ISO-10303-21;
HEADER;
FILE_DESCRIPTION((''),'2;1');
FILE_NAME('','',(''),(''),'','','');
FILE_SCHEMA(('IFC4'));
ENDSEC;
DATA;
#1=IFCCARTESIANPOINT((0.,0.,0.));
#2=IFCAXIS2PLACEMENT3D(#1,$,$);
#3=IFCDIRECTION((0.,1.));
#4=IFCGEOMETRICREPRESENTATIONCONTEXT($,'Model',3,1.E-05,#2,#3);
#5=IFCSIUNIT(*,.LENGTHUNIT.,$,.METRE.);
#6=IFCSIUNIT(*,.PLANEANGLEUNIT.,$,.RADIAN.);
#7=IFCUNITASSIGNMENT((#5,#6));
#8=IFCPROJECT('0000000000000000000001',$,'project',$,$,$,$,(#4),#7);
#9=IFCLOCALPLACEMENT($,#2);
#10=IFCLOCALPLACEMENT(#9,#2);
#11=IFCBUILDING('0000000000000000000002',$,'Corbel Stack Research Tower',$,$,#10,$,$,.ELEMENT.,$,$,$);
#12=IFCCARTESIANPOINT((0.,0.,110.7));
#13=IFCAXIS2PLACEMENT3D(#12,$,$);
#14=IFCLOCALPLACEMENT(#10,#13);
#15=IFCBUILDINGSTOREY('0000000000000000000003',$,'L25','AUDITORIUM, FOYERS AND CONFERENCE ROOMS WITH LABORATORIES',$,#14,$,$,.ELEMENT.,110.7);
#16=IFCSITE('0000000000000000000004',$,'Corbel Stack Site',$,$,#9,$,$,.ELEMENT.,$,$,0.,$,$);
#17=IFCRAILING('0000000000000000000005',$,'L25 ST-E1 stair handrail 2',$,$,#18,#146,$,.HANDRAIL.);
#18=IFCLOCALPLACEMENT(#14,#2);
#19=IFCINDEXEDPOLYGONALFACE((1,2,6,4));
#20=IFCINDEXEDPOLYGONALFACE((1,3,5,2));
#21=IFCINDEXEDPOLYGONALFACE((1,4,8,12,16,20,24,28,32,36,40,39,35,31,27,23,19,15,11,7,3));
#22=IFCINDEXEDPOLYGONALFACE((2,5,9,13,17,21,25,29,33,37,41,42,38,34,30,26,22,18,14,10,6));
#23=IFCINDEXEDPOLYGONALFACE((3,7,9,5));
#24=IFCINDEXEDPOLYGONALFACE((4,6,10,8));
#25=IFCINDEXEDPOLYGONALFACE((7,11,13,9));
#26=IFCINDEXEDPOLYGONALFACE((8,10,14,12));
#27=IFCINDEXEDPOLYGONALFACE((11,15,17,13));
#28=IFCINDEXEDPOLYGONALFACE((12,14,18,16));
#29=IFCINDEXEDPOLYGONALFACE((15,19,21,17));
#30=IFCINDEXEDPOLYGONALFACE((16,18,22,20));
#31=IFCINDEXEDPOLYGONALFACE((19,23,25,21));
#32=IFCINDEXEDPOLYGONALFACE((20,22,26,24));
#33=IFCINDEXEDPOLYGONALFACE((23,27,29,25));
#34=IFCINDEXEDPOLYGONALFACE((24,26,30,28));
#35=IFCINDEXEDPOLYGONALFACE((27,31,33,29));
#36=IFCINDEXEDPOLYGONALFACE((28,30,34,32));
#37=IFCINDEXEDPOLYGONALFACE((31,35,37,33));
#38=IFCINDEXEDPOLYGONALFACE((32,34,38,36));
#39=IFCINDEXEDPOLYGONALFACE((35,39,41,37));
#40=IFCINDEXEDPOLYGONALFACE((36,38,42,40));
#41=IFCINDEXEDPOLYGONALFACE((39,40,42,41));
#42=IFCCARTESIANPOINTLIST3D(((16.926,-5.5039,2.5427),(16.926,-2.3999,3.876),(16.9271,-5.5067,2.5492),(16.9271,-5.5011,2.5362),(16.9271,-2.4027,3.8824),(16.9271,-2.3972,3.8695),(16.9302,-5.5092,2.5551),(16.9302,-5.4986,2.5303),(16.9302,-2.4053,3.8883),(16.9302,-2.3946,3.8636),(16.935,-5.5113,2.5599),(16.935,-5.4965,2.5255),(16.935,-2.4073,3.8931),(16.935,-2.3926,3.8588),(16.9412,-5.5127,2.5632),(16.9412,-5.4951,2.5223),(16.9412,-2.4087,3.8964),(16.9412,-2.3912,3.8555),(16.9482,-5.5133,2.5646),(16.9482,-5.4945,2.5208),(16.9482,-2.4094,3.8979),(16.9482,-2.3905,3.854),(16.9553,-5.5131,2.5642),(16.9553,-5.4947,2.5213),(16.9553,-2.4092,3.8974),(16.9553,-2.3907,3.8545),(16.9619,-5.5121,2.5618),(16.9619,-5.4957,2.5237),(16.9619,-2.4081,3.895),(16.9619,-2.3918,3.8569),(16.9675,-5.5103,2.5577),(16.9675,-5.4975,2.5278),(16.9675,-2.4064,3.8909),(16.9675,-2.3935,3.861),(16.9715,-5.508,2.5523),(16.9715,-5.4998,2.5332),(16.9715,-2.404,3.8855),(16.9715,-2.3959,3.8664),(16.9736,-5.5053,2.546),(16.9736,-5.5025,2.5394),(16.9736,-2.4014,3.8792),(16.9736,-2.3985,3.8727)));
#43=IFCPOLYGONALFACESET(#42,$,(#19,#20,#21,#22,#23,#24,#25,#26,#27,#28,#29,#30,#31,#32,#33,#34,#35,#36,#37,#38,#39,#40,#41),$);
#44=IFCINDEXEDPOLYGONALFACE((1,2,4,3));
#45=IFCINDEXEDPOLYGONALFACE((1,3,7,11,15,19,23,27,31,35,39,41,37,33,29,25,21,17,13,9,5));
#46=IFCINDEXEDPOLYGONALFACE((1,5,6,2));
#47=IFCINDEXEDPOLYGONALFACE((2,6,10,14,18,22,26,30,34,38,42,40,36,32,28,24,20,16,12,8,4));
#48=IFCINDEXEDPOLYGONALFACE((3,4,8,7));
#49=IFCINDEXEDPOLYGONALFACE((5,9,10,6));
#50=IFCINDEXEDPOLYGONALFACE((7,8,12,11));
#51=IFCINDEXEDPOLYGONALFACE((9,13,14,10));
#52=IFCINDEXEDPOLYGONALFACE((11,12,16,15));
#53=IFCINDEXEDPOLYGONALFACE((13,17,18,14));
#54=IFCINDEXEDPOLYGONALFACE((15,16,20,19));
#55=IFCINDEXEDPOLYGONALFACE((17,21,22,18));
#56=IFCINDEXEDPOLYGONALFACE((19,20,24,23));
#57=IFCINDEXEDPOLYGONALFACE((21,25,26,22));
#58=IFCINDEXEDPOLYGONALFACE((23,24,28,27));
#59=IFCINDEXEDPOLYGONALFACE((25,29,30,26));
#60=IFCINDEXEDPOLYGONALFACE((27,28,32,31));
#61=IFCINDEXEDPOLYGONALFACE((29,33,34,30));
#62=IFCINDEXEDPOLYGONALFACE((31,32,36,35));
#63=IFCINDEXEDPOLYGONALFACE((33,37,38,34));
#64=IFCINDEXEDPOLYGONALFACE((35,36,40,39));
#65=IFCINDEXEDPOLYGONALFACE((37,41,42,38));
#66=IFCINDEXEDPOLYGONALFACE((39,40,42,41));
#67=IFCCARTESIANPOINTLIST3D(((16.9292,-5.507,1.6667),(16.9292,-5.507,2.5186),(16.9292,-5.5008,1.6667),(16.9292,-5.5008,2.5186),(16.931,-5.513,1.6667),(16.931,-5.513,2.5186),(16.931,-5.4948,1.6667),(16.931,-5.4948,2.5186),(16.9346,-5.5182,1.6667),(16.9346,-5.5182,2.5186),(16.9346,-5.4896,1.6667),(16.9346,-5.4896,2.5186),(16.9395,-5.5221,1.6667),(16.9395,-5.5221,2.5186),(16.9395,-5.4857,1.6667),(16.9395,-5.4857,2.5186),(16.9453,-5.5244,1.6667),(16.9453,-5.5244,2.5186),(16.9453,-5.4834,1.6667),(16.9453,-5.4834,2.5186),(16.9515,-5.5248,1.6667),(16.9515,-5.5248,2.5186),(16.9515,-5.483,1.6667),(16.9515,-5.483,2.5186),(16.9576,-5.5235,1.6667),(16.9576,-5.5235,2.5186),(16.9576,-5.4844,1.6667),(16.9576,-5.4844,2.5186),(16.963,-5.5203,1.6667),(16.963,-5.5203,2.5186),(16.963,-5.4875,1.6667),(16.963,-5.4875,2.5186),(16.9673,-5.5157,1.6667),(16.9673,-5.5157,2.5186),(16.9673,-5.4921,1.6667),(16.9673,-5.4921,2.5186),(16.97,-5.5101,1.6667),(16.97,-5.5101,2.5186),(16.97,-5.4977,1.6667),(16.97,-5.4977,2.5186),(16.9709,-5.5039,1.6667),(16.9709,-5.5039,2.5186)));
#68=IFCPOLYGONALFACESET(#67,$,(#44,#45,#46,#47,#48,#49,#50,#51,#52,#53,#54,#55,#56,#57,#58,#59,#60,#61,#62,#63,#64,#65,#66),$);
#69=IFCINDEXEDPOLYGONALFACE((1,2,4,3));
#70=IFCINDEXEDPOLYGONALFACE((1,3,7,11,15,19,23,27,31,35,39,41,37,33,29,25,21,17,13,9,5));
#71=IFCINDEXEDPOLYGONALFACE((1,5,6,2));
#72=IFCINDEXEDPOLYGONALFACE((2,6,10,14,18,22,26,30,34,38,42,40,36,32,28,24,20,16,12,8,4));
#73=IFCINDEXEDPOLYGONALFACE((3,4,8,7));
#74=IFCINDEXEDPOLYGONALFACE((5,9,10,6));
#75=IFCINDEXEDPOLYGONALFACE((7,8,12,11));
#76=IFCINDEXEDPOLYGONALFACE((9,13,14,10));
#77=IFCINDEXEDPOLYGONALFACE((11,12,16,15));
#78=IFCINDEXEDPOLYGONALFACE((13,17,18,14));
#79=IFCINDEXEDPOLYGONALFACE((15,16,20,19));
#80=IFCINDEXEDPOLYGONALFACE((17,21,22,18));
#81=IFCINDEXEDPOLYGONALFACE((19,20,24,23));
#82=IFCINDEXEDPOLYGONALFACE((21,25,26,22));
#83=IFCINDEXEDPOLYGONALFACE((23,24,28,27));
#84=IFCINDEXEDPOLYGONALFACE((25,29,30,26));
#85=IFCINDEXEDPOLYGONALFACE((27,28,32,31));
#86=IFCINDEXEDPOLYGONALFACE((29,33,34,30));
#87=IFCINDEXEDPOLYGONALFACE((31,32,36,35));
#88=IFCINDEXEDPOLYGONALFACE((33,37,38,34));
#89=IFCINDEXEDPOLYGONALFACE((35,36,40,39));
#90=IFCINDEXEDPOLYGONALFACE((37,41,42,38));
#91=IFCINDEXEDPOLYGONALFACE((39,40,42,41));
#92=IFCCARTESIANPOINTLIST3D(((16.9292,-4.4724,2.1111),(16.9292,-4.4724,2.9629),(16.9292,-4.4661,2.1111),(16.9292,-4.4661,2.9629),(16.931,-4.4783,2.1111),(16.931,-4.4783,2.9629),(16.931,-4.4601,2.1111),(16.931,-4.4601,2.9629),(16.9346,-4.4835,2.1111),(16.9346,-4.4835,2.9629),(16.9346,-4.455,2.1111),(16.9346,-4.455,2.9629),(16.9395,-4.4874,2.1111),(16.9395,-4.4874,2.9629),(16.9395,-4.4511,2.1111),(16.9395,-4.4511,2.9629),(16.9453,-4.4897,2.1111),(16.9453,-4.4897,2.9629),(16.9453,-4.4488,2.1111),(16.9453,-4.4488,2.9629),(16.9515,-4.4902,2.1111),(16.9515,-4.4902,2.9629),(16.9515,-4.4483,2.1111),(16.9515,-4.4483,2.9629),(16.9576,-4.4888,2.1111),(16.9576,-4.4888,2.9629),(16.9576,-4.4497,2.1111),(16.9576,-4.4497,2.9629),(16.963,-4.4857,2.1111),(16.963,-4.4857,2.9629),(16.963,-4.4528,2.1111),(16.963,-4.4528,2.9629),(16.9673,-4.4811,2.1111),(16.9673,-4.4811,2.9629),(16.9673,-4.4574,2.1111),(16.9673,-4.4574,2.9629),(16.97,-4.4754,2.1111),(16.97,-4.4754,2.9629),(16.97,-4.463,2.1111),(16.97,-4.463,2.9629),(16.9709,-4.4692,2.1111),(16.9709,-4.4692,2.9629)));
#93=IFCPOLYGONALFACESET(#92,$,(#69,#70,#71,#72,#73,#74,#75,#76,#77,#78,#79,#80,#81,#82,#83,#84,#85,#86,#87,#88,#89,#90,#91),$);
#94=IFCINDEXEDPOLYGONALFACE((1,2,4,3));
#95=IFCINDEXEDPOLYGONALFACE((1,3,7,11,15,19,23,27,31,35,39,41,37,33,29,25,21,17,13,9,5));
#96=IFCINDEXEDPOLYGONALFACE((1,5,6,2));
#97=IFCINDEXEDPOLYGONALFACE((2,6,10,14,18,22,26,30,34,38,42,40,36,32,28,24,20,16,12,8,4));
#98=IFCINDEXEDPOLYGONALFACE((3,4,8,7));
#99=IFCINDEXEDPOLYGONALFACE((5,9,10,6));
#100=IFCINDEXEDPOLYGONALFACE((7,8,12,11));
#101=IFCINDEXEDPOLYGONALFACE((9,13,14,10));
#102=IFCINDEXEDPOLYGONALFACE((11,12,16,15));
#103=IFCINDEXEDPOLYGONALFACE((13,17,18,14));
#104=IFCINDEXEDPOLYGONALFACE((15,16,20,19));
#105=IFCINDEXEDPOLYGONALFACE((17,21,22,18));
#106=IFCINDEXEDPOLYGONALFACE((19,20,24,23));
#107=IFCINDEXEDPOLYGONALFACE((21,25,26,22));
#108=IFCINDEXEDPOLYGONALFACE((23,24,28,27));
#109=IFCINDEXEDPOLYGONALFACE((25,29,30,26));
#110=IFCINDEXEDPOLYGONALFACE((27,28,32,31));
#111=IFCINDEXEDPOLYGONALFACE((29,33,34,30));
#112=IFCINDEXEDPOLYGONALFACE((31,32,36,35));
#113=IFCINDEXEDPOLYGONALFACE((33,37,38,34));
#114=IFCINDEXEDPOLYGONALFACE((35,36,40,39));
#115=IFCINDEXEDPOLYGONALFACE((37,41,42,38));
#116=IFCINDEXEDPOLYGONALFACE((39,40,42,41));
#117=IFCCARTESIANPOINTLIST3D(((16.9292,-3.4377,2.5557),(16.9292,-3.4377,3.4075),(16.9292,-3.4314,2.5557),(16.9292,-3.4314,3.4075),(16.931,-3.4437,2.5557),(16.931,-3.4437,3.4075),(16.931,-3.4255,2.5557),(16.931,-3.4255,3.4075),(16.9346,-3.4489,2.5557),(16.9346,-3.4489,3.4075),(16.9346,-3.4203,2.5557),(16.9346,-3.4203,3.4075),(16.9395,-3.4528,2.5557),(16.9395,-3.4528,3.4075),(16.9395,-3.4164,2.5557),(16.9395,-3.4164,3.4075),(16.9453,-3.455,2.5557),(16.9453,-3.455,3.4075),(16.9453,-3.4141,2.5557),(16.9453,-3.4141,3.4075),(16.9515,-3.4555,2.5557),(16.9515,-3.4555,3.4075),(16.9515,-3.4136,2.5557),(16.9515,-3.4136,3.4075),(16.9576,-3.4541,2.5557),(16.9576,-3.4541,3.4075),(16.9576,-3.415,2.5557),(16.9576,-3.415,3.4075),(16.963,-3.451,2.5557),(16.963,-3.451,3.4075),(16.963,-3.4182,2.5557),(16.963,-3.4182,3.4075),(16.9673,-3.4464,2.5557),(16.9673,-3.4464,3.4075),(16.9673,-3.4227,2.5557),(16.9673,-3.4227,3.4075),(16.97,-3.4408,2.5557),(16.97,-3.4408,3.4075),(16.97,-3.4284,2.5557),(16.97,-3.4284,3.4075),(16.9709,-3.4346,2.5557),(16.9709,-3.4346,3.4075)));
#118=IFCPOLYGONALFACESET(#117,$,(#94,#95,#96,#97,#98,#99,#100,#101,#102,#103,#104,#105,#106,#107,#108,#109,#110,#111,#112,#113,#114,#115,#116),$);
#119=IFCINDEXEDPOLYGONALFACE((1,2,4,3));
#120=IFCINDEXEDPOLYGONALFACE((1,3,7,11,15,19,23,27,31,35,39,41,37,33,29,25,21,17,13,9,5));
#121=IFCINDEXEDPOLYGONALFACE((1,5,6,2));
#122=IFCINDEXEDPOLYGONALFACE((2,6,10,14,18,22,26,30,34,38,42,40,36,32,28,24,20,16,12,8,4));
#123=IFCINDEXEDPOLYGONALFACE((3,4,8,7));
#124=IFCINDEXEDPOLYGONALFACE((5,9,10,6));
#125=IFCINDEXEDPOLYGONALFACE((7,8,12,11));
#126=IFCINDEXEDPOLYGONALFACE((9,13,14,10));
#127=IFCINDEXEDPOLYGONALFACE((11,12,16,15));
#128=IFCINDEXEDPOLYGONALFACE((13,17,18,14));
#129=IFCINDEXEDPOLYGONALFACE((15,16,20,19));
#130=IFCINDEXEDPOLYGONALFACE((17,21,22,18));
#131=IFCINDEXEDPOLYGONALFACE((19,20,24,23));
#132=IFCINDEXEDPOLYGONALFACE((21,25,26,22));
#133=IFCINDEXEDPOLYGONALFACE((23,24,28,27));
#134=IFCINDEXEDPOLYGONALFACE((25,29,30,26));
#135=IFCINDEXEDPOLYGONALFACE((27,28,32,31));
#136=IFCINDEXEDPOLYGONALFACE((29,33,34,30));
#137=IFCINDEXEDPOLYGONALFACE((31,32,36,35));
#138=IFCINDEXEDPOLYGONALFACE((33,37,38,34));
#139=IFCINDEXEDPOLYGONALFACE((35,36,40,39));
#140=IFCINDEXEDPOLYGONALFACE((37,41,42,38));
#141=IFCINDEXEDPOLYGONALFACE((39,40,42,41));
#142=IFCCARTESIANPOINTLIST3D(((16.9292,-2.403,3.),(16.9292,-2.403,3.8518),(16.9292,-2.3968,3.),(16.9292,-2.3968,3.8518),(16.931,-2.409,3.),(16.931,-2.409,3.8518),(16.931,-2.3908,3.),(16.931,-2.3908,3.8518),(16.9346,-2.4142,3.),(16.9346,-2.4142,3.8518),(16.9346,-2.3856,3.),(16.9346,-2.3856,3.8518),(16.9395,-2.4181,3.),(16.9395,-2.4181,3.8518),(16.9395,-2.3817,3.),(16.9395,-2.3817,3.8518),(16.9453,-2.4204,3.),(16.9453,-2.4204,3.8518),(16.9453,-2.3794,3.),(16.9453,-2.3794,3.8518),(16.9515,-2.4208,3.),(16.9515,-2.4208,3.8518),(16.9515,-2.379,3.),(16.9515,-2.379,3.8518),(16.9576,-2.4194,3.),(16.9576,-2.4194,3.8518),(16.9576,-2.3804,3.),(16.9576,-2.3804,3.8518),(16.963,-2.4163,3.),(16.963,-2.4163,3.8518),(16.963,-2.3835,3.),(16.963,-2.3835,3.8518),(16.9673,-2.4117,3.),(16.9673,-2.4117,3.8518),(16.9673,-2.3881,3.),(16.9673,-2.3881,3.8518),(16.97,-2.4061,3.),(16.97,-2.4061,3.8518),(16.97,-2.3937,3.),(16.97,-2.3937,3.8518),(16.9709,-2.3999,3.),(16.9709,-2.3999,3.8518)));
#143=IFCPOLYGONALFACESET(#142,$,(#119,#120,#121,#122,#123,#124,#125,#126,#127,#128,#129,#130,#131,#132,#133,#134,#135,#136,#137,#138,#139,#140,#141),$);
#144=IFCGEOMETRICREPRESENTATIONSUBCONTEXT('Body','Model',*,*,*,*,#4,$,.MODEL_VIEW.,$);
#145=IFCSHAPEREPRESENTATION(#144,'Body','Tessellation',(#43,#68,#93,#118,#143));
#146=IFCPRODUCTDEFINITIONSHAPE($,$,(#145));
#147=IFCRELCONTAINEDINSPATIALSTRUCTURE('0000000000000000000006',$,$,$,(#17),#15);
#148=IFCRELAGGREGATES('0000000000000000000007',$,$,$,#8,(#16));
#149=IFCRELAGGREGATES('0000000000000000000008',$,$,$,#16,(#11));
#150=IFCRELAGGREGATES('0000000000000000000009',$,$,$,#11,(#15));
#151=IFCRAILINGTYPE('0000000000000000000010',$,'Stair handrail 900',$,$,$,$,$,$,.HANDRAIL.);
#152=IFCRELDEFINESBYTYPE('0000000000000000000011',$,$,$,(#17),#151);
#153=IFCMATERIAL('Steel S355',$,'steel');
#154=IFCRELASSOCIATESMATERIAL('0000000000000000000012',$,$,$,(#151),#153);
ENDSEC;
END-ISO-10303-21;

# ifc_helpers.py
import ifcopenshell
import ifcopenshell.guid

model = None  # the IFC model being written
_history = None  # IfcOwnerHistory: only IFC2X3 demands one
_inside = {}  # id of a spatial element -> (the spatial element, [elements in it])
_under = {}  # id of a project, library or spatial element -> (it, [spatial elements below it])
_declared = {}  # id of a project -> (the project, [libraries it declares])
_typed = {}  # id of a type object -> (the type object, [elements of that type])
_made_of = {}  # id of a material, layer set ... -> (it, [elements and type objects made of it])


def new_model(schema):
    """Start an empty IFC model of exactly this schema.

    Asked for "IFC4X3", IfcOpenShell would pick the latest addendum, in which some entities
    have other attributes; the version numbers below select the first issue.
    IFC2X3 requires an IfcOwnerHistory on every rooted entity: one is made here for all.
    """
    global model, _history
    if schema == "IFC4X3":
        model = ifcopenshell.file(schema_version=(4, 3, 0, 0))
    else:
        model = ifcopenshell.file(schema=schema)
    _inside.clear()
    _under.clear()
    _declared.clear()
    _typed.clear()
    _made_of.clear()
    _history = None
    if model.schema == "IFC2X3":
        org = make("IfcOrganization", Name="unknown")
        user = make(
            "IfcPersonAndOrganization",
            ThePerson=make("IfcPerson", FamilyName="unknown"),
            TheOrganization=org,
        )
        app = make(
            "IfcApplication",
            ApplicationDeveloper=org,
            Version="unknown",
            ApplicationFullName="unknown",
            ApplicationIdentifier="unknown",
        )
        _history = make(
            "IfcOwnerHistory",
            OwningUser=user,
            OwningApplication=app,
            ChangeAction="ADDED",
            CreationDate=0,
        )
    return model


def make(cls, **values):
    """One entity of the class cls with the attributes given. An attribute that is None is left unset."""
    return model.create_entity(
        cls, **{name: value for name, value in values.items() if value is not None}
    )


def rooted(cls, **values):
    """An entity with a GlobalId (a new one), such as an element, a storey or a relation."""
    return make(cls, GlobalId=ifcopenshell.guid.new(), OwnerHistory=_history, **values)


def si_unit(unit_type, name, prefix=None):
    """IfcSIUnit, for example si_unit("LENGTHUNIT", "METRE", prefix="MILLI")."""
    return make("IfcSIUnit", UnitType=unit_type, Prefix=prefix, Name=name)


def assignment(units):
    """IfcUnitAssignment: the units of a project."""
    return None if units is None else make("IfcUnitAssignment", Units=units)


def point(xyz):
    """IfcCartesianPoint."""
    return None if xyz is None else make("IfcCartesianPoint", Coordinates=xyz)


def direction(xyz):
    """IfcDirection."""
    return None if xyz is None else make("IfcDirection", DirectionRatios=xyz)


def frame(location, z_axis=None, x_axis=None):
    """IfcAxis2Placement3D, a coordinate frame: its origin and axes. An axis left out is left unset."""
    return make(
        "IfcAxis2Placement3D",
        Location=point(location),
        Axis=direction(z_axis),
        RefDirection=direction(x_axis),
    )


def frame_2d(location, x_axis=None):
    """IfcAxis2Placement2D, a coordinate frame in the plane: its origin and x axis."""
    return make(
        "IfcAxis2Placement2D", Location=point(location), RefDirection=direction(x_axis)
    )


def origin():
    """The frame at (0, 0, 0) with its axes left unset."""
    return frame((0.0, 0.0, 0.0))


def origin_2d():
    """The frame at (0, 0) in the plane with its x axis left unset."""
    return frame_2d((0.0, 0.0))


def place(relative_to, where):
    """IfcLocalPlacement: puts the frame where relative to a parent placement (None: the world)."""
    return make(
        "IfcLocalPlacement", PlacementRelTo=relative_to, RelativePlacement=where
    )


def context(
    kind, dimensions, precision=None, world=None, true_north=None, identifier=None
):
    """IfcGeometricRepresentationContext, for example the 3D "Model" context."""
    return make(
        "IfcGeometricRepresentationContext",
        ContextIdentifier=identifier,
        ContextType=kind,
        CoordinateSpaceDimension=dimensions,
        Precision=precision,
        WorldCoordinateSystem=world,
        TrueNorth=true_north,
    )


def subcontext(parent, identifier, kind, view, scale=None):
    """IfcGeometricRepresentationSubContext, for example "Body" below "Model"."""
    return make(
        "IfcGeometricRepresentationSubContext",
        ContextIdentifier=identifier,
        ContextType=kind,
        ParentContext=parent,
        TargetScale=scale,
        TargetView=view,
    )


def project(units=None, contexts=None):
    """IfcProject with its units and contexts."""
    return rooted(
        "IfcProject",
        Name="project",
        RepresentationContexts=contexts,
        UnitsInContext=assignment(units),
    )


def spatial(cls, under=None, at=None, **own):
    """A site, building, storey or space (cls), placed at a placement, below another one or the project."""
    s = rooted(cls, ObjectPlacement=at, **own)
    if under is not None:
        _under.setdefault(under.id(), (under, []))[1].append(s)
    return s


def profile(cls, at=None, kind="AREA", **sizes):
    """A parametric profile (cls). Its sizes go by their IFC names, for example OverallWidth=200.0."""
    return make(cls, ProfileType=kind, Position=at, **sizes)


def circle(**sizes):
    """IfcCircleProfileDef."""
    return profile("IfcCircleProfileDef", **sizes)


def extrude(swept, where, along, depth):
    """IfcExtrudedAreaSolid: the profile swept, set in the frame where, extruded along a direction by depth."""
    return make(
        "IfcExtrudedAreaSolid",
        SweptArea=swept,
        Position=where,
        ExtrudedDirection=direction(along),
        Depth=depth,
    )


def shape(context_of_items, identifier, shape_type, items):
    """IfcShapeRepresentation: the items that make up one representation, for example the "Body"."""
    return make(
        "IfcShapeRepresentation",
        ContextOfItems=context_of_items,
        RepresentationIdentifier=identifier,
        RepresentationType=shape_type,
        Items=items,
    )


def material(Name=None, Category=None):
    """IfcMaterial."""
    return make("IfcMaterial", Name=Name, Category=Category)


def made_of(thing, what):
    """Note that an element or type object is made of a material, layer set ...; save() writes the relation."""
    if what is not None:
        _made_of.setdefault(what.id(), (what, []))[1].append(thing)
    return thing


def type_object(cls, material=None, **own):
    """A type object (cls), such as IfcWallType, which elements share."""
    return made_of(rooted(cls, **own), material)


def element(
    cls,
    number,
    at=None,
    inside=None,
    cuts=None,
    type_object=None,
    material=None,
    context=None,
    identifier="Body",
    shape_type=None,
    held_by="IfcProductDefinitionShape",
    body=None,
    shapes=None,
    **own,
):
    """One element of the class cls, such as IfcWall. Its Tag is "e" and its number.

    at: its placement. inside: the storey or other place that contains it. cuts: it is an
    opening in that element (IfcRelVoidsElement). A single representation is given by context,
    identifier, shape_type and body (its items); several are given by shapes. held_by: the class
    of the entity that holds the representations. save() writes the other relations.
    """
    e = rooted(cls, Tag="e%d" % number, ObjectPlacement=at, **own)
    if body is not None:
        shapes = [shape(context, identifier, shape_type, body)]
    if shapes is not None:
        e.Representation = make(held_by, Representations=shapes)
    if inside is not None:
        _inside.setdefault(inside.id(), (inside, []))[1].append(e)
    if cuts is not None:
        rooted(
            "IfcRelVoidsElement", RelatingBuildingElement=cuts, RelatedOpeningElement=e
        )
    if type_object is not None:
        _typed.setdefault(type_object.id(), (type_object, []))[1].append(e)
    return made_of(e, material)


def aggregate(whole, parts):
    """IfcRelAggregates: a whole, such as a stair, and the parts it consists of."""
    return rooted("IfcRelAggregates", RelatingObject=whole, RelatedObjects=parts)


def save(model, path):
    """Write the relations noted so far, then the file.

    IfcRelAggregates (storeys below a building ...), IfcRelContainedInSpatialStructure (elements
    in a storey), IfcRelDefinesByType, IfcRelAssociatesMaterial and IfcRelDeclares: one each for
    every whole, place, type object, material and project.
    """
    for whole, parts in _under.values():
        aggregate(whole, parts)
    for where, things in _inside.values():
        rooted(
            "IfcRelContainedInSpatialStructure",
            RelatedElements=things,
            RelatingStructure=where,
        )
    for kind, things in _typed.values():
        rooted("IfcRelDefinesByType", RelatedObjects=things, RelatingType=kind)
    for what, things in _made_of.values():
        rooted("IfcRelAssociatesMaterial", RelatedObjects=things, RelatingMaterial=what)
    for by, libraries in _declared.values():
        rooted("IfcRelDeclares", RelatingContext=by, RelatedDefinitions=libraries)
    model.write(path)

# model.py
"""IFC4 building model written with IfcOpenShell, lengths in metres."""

from ifc_helpers import new_model, si_unit, direction, frame, origin, origin_2d, place, context, subcontext, project, spatial, circle, extrude, material, type_object, element, save


model = new_model("IFC4")

# Units and contexts
model_context = context("Model", 3, precision=1e-05, world=origin(), true_north=direction((0.0, 1.0)))
body_context = subcontext(model_context, "Body", "Model", "MODEL_VIEW")
ifc_project = project(units=[si_unit("LENGTHUNIT", "METRE"), si_unit("PLANEANGLEUNIT", "RADIAN")], contexts=[model_context])

# Site, building, storey
site_placement = place(None, origin())
site = spatial("IfcSite", under=ifc_project, at=site_placement, Name="Corbel Stack Site", CompositionType="ELEMENT", RefElevation=0.0)
building_placement = place(site_placement, origin())
building = spatial("IfcBuilding", under=site, at=building_placement, Name="Corbel Stack Research Tower", CompositionType="ELEMENT")
storey_placement = place(building_placement, frame((0.0, 0.0, 110.7)))
storey = spatial("IfcBuildingStorey", under=building, at=storey_placement, Name="L25", Description="AUDITORIUM, FOYERS AND CONFERENCE ROOMS WITH LABORATORIES", CompositionType="ELEMENT", Elevation=110.7)

# Railing
ifc_material_1 = material(Name="Steel S355", Category="steel")
railing_type_1 = type_object("IfcRailingType", Name="Stair handrail 900", PredefinedType="HANDRAIL", material=ifc_material_1)
for number, where, name in (
    (1, (16.95, -5.5039, 1.6667), "L25 ST-E1 stair handrail 2"),
):
    element("IfcRailing", number, at=place(storey_placement, frame(where)), inside=storey, type_object=railing_type_1, Name=name, PredefinedType="HANDRAIL", context=body_context, shape_type="SweptSolid", body=[
        extrude(circle(Radius=0.0239, at=origin_2d()), frame((0.0, 0.0, 0.876), z_axis=(0.0, 0.918827, 0.394661), x_axis=(-1.0, 0.0, 0.0)), (0.0, 0.0, 1.0), 3.3782),
        extrude(circle(Radius=0.021, at=origin_2d()), origin(), (0.0, 0.0, 1.0), 0.8518),
        extrude(circle(Radius=0.021, at=origin_2d()), frame((0.0, 1.0347, 0.4443)), (0.0, 0.0, 1.0), 0.8518),
        extrude(circle(Radius=0.021, at=origin_2d()), frame((0.0, 2.0693, 0.8889)), (0.0, 0.0, 1.0), 0.8518),
        extrude(circle(Radius=0.021, at=origin_2d()), frame((0.0, 3.104, 1.3333)), (0.0, 0.0, 1.0), 0.8518),
    ])

save(model, "model.ifc")
